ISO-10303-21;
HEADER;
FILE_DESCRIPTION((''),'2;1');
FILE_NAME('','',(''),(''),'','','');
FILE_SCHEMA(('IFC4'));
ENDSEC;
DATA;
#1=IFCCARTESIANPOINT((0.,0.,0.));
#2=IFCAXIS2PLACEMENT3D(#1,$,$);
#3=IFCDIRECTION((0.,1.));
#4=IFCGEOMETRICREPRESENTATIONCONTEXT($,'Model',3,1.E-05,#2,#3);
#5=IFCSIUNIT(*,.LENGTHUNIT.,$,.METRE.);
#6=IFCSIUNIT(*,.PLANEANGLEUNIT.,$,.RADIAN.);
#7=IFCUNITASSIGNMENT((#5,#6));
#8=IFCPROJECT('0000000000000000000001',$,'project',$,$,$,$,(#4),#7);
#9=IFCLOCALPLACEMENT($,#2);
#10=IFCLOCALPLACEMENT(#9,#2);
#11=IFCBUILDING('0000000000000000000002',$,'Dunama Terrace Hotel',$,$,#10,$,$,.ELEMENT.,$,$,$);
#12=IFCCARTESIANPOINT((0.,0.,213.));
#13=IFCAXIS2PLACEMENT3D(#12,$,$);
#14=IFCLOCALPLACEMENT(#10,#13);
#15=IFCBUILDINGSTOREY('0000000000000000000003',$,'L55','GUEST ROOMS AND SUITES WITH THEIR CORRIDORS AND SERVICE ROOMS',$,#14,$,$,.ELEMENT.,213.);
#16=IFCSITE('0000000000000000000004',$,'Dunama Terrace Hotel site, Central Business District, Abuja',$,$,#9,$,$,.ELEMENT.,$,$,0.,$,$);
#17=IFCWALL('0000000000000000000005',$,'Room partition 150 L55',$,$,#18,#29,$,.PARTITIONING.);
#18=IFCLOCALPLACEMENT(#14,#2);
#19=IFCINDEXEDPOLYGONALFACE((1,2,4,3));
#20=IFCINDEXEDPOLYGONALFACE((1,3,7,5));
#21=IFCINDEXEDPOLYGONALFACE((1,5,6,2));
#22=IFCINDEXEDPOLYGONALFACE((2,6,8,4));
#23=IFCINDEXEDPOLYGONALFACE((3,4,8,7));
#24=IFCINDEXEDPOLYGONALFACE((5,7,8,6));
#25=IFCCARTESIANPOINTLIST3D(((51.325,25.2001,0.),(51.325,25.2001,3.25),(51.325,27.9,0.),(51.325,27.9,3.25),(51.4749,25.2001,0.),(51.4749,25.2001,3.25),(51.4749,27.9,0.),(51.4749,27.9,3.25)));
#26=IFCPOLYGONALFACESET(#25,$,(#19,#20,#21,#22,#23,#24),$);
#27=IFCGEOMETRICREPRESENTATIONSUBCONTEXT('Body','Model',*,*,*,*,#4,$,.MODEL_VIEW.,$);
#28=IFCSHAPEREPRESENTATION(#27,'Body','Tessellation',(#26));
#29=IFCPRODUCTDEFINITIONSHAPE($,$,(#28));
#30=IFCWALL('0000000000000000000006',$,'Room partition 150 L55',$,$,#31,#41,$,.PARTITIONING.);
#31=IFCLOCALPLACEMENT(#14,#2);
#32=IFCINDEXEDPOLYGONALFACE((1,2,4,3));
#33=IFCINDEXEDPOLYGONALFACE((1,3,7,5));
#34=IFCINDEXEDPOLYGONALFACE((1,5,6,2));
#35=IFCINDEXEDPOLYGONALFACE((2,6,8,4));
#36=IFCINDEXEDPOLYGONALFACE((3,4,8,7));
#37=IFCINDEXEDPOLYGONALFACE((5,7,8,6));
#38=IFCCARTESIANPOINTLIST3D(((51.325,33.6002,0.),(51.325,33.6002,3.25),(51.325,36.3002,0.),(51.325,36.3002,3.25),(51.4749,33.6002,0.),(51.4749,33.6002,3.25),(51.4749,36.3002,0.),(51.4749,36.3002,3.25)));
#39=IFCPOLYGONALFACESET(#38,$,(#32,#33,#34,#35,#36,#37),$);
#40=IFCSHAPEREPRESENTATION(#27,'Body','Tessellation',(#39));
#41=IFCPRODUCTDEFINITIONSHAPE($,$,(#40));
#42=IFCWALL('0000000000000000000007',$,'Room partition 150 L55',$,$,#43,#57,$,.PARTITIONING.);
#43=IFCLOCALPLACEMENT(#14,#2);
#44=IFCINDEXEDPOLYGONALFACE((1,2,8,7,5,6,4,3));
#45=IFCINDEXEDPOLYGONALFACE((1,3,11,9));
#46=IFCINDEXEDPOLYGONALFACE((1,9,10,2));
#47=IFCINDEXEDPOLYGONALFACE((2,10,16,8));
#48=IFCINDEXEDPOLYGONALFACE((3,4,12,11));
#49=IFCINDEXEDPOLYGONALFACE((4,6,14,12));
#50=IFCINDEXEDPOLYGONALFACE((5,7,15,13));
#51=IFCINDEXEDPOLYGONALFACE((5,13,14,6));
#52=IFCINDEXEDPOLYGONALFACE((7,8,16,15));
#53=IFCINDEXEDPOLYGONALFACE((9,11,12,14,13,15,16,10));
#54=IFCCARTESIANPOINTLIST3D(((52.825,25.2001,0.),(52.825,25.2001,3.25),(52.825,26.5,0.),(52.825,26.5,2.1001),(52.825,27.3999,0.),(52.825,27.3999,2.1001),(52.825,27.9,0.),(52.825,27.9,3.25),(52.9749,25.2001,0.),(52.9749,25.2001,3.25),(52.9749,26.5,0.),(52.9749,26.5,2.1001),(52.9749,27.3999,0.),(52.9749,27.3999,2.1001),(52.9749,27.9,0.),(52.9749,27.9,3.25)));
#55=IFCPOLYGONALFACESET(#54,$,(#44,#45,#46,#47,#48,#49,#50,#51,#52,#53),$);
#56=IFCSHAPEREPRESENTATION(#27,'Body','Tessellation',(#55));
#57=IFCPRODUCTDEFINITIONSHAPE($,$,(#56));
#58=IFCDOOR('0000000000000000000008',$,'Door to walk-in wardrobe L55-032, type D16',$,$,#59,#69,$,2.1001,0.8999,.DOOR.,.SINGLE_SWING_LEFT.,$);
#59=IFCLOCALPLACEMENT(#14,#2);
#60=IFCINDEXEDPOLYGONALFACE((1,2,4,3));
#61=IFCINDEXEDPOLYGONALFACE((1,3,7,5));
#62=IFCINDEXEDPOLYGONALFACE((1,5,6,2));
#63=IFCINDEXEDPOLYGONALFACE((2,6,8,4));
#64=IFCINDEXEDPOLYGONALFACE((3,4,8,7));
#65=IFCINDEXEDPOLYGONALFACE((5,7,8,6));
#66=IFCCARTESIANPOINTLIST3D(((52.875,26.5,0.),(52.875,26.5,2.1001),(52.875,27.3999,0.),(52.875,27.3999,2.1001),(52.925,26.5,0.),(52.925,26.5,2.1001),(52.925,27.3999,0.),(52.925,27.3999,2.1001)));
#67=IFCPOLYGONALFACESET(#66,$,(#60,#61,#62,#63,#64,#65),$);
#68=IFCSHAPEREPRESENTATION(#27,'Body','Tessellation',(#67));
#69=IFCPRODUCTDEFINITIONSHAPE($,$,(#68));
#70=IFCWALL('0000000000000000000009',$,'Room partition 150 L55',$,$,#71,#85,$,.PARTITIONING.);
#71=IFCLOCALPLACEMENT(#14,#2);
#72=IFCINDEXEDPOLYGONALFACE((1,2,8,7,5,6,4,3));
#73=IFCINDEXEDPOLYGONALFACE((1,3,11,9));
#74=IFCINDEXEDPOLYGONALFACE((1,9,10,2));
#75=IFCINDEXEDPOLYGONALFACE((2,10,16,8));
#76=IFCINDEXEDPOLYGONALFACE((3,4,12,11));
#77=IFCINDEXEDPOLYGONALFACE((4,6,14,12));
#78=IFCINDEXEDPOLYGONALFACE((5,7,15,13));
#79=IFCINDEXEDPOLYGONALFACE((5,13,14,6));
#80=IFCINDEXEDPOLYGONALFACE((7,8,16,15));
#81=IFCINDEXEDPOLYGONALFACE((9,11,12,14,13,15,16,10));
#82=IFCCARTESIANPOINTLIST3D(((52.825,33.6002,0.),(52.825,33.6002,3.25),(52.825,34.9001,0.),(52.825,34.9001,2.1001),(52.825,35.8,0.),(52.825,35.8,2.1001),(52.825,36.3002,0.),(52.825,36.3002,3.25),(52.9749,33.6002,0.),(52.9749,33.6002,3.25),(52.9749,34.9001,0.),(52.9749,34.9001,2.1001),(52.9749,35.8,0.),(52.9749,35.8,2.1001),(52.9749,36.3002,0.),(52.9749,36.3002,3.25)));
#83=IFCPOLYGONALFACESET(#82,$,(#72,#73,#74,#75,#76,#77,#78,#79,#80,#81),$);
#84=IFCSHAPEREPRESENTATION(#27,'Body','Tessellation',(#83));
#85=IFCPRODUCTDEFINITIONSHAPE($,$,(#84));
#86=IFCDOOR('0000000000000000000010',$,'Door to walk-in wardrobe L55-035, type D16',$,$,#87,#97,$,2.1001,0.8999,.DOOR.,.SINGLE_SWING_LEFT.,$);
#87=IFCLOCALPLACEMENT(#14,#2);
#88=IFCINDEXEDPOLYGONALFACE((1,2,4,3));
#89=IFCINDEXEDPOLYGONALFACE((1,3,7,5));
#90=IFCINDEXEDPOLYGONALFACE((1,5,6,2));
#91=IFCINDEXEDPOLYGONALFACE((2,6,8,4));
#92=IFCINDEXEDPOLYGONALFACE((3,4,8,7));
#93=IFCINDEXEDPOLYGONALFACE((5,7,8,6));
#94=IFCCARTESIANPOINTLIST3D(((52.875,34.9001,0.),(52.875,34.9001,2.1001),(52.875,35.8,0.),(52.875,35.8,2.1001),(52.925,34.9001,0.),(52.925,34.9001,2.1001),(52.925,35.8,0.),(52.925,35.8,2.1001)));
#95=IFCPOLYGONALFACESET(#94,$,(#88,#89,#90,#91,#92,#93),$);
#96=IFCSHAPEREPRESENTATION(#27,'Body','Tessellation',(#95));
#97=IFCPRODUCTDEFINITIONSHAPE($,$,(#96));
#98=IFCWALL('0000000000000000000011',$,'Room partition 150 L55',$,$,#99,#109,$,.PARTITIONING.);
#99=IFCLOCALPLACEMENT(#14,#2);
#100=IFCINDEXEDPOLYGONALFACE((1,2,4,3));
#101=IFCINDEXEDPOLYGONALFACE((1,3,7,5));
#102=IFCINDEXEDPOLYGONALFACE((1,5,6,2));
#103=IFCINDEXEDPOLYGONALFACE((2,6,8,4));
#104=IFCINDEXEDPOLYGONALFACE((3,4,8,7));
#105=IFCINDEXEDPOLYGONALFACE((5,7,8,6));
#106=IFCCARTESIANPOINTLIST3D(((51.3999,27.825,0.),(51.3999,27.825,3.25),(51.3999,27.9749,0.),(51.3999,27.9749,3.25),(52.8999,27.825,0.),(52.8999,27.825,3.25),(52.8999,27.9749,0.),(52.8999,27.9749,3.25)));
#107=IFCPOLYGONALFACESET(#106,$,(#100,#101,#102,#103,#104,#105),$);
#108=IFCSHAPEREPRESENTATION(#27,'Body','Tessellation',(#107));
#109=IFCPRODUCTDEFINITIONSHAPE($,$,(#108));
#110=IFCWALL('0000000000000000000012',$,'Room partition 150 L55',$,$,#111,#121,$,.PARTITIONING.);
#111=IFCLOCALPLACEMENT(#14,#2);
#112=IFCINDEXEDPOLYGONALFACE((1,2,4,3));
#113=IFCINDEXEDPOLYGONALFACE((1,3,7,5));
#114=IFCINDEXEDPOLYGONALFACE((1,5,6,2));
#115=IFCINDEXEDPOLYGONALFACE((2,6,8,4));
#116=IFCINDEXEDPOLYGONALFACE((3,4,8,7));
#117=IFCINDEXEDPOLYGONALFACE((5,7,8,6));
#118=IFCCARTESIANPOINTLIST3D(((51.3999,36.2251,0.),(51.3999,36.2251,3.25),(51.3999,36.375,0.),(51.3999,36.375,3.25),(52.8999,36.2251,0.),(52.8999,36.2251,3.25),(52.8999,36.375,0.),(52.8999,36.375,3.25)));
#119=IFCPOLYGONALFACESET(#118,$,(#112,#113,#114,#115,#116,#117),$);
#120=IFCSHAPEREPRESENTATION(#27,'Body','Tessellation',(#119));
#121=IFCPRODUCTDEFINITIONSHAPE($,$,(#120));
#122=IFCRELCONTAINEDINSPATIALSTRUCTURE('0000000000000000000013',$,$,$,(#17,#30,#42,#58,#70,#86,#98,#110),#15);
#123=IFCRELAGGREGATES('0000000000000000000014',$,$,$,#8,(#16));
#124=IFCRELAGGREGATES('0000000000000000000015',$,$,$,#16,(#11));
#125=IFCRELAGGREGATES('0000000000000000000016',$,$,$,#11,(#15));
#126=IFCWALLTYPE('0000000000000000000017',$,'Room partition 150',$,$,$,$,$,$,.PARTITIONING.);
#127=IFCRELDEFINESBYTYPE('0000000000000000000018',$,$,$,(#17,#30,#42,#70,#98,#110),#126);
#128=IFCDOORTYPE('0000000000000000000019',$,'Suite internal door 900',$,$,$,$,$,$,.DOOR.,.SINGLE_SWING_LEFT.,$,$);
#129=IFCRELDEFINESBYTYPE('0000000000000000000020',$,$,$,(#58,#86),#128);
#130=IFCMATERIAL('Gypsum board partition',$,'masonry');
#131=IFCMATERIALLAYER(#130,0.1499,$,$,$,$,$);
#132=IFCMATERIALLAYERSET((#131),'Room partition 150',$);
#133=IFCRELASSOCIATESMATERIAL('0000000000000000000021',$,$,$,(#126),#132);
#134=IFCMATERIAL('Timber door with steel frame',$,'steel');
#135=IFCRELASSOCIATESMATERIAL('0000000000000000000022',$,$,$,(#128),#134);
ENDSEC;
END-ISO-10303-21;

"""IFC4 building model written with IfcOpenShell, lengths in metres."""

from ifc_helpers import new_model, si_unit, direction, frame, frame_2d, origin, place, context, subcontext, project, spatial, rectangle, extrude, material, layer, layer_set, type_object, element, fill, save


model = new_model("IFC4")

# Units and contexts
model_context = context("Model", 3, precision=1e-05, world=origin(), true_north=direction((0.0, 1.0)))
body_context = subcontext(model_context, "Body", "Model", "MODEL_VIEW")
ifc_project = project(units=[si_unit("LENGTHUNIT", "METRE"), si_unit("PLANEANGLEUNIT", "RADIAN")], contexts=[model_context])

# Site, building, storey
site_placement = place(None, origin())
site = spatial("IfcSite", under=ifc_project, at=site_placement, Name="Dunama Terrace Hotel site, Central Business District, Abuja", CompositionType="ELEMENT", RefElevation=0.0)
building_placement = place(site_placement, origin())
building = spatial("IfcBuilding", under=site, at=building_placement, Name="Dunama Terrace Hotel", CompositionType="ELEMENT")
storey_placement = place(building_placement, frame((0.0, 0.0, 213.0)))
storey = spatial("IfcBuildingStorey", under=building, at=storey_placement, Name="L55", Description="GUEST ROOMS AND SUITES WITH THEIR CORRIDORS AND SERVICE ROOMS", CompositionType="ELEMENT", Elevation=213.0)

# Walls
ifc_material_1 = material(Name="Gypsum board partition", Category="masonry")
ifc_layer_1 = layer(ifc_material_1, 0.1499)
ifc_layer_set_1 = layer_set([ifc_layer_1], Name="Room partition 150")
wall_type_1 = type_object("IfcWallType", Name="Room partition 150", PredefinedType="PARTITIONING", material=ifc_layer_set_1)
for number, where, z_axis, x_axis, name in (
    (1, (51.3999, 25.2, 0.0), (0.0, 0.0, 1.0), (0.0, 1.0, 0.0), "Room partition 150 L55"),
    (2, (51.3999, 33.6001, 0.0), (0.0, 0.0, 1.0), (0.0, 1.0, 0.0), "Room partition 150 L55"),
):
    element("IfcWall", number, at=place(storey_placement, frame(where, z_axis=z_axis, x_axis=x_axis)), inside=storey, type_object=wall_type_1, Name=name, PredefinedType="PARTITIONING", context=body_context, shape_type="SweptSolid", body=[
        extrude(rectangle(XDim=2.7, YDim=0.1499, at=frame_2d((1.3501, 0.0))), origin(), (0.0, 0.0, 1.0), 3.25),
    ])

# Walls, openings, doors
wall_1_placement = place(storey_placement, frame((52.8999, 25.2, 0.0), z_axis=(0.0, 0.0, 1.0), x_axis=(0.0, 1.0, 0.0)))
wall_1 = element("IfcWall", 3, at=wall_1_placement, inside=storey, type_object=wall_type_1, Name="Room partition 150 L55", PredefinedType="PARTITIONING", context=body_context, shape_type="SweptSolid", body=[
    extrude(rectangle(XDim=2.7, YDim=0.1499, at=frame_2d((1.3501, 0.0))), origin(), (0.0, 0.0, 1.0), 3.25),
])
opening_1_placement = place(wall_1_placement, frame((1.3, 0.0, 0.0)))
opening_1 = element("IfcOpeningElement", 4, at=opening_1_placement, cuts=wall_1, PredefinedType="OPENING", context=body_context, shape_type="SweptSolid", body=[
    extrude(rectangle(XDim=0.8999, YDim=2.1001, at=frame_2d((0.45, 1.05))), frame((0.0, 0.085, 0.0), z_axis=(0.0, -1.0, 0.0), x_axis=(1.0, 0.0, 0.0)), (0.0, 0.0, 1.0), 0.1699),
])
ifc_material_2 = material(Name="Timber door with steel frame", Category="steel")
door_type_1 = type_object("IfcDoorType", Name="Suite internal door 900", OperationType="SINGLE_SWING_LEFT", PredefinedType="DOOR", material=ifc_material_2)
door_1_placement = place(opening_1_placement, origin())
door_1 = element("IfcDoor", 5, at=door_1_placement, inside=storey, type_object=door_type_1, Name="Door to walk-in wardrobe L55-032, type D16", OperationType="SINGLE_SWING_LEFT", OverallHeight=2.1001, OverallWidth=0.8999, PredefinedType="DOOR", context=body_context, shape_type="SweptSolid", body=[
    extrude(rectangle(XDim=0.8999, YDim=2.1001, at=frame_2d((0.45, 1.05))), frame((0.0, 0.0249, 0.0), z_axis=(0.0, -1.0, 0.0), x_axis=(1.0, 0.0, 0.0)), (0.0, 0.0, 1.0), 0.05),
])
fill(opening_1, door_1)
wall_2_placement = place(storey_placement, frame((52.8999, 33.6001, 0.0), z_axis=(0.0, 0.0, 1.0), x_axis=(0.0, 1.0, 0.0)))
wall_2 = element("IfcWall", 6, at=wall_2_placement, inside=storey, type_object=wall_type_1, Name="Room partition 150 L55", PredefinedType="PARTITIONING", context=body_context, shape_type="SweptSolid", body=[
    extrude(rectangle(XDim=2.7, YDim=0.1499, at=frame_2d((1.3501, 0.0))), origin(), (0.0, 0.0, 1.0), 3.25),
])
opening_2_placement = place(wall_2_placement, frame((1.3, 0.0, 0.0)))
opening_2 = element("IfcOpeningElement", 7, at=opening_2_placement, cuts=wall_2, PredefinedType="OPENING", context=body_context, shape_type="SweptSolid", body=[
    extrude(rectangle(XDim=0.8999, YDim=2.1001, at=frame_2d((0.45, 1.05))), frame((0.0, 0.085, 0.0), z_axis=(0.0, -1.0, 0.0), x_axis=(1.0, 0.0, 0.0)), (0.0, 0.0, 1.0), 0.1699),
])
door_2_placement = place(opening_2_placement, origin())
door_2 = element("IfcDoor", 8, at=door_2_placement, inside=storey, type_object=door_type_1, Name="Door to walk-in wardrobe L55-035, type D16", OperationType="SINGLE_SWING_LEFT", OverallHeight=2.1001, OverallWidth=0.8999, PredefinedType="DOOR", context=body_context, shape_type="SweptSolid", body=[
    extrude(rectangle(XDim=0.8999, YDim=2.1001, at=frame_2d((0.45, 1.05))), frame((0.0, 0.0249, 0.0), z_axis=(0.0, -1.0, 0.0), x_axis=(1.0, 0.0, 0.0)), (0.0, 0.0, 1.0), 0.05),
])
fill(opening_2, door_2)

# Walls
for number, where, z_axis, x_axis, name in (
    (9, (51.3999, 27.8999, 0.0), (0.0, 0.0, 1.0), (1.0, 0.0, 0.0), "Room partition 150 L55"),
    (10, (51.3999, 36.3, 0.0), (0.0, 0.0, 1.0), (1.0, 0.0, 0.0), "Room partition 150 L55"),
):
    element("IfcWall", number, at=place(storey_placement, frame(where, z_axis=z_axis, x_axis=x_axis)), inside=storey, type_object=wall_type_1, Name=name, PredefinedType="PARTITIONING", context=body_context, shape_type="SweptSolid", body=[
        extrude(rectangle(XDim=1.5, YDim=0.1499, at=frame_2d((0.75, 0.0))), origin(), (0.0, 0.0, 1.0), 3.25),
    ])

save(model, "model.ifc")
